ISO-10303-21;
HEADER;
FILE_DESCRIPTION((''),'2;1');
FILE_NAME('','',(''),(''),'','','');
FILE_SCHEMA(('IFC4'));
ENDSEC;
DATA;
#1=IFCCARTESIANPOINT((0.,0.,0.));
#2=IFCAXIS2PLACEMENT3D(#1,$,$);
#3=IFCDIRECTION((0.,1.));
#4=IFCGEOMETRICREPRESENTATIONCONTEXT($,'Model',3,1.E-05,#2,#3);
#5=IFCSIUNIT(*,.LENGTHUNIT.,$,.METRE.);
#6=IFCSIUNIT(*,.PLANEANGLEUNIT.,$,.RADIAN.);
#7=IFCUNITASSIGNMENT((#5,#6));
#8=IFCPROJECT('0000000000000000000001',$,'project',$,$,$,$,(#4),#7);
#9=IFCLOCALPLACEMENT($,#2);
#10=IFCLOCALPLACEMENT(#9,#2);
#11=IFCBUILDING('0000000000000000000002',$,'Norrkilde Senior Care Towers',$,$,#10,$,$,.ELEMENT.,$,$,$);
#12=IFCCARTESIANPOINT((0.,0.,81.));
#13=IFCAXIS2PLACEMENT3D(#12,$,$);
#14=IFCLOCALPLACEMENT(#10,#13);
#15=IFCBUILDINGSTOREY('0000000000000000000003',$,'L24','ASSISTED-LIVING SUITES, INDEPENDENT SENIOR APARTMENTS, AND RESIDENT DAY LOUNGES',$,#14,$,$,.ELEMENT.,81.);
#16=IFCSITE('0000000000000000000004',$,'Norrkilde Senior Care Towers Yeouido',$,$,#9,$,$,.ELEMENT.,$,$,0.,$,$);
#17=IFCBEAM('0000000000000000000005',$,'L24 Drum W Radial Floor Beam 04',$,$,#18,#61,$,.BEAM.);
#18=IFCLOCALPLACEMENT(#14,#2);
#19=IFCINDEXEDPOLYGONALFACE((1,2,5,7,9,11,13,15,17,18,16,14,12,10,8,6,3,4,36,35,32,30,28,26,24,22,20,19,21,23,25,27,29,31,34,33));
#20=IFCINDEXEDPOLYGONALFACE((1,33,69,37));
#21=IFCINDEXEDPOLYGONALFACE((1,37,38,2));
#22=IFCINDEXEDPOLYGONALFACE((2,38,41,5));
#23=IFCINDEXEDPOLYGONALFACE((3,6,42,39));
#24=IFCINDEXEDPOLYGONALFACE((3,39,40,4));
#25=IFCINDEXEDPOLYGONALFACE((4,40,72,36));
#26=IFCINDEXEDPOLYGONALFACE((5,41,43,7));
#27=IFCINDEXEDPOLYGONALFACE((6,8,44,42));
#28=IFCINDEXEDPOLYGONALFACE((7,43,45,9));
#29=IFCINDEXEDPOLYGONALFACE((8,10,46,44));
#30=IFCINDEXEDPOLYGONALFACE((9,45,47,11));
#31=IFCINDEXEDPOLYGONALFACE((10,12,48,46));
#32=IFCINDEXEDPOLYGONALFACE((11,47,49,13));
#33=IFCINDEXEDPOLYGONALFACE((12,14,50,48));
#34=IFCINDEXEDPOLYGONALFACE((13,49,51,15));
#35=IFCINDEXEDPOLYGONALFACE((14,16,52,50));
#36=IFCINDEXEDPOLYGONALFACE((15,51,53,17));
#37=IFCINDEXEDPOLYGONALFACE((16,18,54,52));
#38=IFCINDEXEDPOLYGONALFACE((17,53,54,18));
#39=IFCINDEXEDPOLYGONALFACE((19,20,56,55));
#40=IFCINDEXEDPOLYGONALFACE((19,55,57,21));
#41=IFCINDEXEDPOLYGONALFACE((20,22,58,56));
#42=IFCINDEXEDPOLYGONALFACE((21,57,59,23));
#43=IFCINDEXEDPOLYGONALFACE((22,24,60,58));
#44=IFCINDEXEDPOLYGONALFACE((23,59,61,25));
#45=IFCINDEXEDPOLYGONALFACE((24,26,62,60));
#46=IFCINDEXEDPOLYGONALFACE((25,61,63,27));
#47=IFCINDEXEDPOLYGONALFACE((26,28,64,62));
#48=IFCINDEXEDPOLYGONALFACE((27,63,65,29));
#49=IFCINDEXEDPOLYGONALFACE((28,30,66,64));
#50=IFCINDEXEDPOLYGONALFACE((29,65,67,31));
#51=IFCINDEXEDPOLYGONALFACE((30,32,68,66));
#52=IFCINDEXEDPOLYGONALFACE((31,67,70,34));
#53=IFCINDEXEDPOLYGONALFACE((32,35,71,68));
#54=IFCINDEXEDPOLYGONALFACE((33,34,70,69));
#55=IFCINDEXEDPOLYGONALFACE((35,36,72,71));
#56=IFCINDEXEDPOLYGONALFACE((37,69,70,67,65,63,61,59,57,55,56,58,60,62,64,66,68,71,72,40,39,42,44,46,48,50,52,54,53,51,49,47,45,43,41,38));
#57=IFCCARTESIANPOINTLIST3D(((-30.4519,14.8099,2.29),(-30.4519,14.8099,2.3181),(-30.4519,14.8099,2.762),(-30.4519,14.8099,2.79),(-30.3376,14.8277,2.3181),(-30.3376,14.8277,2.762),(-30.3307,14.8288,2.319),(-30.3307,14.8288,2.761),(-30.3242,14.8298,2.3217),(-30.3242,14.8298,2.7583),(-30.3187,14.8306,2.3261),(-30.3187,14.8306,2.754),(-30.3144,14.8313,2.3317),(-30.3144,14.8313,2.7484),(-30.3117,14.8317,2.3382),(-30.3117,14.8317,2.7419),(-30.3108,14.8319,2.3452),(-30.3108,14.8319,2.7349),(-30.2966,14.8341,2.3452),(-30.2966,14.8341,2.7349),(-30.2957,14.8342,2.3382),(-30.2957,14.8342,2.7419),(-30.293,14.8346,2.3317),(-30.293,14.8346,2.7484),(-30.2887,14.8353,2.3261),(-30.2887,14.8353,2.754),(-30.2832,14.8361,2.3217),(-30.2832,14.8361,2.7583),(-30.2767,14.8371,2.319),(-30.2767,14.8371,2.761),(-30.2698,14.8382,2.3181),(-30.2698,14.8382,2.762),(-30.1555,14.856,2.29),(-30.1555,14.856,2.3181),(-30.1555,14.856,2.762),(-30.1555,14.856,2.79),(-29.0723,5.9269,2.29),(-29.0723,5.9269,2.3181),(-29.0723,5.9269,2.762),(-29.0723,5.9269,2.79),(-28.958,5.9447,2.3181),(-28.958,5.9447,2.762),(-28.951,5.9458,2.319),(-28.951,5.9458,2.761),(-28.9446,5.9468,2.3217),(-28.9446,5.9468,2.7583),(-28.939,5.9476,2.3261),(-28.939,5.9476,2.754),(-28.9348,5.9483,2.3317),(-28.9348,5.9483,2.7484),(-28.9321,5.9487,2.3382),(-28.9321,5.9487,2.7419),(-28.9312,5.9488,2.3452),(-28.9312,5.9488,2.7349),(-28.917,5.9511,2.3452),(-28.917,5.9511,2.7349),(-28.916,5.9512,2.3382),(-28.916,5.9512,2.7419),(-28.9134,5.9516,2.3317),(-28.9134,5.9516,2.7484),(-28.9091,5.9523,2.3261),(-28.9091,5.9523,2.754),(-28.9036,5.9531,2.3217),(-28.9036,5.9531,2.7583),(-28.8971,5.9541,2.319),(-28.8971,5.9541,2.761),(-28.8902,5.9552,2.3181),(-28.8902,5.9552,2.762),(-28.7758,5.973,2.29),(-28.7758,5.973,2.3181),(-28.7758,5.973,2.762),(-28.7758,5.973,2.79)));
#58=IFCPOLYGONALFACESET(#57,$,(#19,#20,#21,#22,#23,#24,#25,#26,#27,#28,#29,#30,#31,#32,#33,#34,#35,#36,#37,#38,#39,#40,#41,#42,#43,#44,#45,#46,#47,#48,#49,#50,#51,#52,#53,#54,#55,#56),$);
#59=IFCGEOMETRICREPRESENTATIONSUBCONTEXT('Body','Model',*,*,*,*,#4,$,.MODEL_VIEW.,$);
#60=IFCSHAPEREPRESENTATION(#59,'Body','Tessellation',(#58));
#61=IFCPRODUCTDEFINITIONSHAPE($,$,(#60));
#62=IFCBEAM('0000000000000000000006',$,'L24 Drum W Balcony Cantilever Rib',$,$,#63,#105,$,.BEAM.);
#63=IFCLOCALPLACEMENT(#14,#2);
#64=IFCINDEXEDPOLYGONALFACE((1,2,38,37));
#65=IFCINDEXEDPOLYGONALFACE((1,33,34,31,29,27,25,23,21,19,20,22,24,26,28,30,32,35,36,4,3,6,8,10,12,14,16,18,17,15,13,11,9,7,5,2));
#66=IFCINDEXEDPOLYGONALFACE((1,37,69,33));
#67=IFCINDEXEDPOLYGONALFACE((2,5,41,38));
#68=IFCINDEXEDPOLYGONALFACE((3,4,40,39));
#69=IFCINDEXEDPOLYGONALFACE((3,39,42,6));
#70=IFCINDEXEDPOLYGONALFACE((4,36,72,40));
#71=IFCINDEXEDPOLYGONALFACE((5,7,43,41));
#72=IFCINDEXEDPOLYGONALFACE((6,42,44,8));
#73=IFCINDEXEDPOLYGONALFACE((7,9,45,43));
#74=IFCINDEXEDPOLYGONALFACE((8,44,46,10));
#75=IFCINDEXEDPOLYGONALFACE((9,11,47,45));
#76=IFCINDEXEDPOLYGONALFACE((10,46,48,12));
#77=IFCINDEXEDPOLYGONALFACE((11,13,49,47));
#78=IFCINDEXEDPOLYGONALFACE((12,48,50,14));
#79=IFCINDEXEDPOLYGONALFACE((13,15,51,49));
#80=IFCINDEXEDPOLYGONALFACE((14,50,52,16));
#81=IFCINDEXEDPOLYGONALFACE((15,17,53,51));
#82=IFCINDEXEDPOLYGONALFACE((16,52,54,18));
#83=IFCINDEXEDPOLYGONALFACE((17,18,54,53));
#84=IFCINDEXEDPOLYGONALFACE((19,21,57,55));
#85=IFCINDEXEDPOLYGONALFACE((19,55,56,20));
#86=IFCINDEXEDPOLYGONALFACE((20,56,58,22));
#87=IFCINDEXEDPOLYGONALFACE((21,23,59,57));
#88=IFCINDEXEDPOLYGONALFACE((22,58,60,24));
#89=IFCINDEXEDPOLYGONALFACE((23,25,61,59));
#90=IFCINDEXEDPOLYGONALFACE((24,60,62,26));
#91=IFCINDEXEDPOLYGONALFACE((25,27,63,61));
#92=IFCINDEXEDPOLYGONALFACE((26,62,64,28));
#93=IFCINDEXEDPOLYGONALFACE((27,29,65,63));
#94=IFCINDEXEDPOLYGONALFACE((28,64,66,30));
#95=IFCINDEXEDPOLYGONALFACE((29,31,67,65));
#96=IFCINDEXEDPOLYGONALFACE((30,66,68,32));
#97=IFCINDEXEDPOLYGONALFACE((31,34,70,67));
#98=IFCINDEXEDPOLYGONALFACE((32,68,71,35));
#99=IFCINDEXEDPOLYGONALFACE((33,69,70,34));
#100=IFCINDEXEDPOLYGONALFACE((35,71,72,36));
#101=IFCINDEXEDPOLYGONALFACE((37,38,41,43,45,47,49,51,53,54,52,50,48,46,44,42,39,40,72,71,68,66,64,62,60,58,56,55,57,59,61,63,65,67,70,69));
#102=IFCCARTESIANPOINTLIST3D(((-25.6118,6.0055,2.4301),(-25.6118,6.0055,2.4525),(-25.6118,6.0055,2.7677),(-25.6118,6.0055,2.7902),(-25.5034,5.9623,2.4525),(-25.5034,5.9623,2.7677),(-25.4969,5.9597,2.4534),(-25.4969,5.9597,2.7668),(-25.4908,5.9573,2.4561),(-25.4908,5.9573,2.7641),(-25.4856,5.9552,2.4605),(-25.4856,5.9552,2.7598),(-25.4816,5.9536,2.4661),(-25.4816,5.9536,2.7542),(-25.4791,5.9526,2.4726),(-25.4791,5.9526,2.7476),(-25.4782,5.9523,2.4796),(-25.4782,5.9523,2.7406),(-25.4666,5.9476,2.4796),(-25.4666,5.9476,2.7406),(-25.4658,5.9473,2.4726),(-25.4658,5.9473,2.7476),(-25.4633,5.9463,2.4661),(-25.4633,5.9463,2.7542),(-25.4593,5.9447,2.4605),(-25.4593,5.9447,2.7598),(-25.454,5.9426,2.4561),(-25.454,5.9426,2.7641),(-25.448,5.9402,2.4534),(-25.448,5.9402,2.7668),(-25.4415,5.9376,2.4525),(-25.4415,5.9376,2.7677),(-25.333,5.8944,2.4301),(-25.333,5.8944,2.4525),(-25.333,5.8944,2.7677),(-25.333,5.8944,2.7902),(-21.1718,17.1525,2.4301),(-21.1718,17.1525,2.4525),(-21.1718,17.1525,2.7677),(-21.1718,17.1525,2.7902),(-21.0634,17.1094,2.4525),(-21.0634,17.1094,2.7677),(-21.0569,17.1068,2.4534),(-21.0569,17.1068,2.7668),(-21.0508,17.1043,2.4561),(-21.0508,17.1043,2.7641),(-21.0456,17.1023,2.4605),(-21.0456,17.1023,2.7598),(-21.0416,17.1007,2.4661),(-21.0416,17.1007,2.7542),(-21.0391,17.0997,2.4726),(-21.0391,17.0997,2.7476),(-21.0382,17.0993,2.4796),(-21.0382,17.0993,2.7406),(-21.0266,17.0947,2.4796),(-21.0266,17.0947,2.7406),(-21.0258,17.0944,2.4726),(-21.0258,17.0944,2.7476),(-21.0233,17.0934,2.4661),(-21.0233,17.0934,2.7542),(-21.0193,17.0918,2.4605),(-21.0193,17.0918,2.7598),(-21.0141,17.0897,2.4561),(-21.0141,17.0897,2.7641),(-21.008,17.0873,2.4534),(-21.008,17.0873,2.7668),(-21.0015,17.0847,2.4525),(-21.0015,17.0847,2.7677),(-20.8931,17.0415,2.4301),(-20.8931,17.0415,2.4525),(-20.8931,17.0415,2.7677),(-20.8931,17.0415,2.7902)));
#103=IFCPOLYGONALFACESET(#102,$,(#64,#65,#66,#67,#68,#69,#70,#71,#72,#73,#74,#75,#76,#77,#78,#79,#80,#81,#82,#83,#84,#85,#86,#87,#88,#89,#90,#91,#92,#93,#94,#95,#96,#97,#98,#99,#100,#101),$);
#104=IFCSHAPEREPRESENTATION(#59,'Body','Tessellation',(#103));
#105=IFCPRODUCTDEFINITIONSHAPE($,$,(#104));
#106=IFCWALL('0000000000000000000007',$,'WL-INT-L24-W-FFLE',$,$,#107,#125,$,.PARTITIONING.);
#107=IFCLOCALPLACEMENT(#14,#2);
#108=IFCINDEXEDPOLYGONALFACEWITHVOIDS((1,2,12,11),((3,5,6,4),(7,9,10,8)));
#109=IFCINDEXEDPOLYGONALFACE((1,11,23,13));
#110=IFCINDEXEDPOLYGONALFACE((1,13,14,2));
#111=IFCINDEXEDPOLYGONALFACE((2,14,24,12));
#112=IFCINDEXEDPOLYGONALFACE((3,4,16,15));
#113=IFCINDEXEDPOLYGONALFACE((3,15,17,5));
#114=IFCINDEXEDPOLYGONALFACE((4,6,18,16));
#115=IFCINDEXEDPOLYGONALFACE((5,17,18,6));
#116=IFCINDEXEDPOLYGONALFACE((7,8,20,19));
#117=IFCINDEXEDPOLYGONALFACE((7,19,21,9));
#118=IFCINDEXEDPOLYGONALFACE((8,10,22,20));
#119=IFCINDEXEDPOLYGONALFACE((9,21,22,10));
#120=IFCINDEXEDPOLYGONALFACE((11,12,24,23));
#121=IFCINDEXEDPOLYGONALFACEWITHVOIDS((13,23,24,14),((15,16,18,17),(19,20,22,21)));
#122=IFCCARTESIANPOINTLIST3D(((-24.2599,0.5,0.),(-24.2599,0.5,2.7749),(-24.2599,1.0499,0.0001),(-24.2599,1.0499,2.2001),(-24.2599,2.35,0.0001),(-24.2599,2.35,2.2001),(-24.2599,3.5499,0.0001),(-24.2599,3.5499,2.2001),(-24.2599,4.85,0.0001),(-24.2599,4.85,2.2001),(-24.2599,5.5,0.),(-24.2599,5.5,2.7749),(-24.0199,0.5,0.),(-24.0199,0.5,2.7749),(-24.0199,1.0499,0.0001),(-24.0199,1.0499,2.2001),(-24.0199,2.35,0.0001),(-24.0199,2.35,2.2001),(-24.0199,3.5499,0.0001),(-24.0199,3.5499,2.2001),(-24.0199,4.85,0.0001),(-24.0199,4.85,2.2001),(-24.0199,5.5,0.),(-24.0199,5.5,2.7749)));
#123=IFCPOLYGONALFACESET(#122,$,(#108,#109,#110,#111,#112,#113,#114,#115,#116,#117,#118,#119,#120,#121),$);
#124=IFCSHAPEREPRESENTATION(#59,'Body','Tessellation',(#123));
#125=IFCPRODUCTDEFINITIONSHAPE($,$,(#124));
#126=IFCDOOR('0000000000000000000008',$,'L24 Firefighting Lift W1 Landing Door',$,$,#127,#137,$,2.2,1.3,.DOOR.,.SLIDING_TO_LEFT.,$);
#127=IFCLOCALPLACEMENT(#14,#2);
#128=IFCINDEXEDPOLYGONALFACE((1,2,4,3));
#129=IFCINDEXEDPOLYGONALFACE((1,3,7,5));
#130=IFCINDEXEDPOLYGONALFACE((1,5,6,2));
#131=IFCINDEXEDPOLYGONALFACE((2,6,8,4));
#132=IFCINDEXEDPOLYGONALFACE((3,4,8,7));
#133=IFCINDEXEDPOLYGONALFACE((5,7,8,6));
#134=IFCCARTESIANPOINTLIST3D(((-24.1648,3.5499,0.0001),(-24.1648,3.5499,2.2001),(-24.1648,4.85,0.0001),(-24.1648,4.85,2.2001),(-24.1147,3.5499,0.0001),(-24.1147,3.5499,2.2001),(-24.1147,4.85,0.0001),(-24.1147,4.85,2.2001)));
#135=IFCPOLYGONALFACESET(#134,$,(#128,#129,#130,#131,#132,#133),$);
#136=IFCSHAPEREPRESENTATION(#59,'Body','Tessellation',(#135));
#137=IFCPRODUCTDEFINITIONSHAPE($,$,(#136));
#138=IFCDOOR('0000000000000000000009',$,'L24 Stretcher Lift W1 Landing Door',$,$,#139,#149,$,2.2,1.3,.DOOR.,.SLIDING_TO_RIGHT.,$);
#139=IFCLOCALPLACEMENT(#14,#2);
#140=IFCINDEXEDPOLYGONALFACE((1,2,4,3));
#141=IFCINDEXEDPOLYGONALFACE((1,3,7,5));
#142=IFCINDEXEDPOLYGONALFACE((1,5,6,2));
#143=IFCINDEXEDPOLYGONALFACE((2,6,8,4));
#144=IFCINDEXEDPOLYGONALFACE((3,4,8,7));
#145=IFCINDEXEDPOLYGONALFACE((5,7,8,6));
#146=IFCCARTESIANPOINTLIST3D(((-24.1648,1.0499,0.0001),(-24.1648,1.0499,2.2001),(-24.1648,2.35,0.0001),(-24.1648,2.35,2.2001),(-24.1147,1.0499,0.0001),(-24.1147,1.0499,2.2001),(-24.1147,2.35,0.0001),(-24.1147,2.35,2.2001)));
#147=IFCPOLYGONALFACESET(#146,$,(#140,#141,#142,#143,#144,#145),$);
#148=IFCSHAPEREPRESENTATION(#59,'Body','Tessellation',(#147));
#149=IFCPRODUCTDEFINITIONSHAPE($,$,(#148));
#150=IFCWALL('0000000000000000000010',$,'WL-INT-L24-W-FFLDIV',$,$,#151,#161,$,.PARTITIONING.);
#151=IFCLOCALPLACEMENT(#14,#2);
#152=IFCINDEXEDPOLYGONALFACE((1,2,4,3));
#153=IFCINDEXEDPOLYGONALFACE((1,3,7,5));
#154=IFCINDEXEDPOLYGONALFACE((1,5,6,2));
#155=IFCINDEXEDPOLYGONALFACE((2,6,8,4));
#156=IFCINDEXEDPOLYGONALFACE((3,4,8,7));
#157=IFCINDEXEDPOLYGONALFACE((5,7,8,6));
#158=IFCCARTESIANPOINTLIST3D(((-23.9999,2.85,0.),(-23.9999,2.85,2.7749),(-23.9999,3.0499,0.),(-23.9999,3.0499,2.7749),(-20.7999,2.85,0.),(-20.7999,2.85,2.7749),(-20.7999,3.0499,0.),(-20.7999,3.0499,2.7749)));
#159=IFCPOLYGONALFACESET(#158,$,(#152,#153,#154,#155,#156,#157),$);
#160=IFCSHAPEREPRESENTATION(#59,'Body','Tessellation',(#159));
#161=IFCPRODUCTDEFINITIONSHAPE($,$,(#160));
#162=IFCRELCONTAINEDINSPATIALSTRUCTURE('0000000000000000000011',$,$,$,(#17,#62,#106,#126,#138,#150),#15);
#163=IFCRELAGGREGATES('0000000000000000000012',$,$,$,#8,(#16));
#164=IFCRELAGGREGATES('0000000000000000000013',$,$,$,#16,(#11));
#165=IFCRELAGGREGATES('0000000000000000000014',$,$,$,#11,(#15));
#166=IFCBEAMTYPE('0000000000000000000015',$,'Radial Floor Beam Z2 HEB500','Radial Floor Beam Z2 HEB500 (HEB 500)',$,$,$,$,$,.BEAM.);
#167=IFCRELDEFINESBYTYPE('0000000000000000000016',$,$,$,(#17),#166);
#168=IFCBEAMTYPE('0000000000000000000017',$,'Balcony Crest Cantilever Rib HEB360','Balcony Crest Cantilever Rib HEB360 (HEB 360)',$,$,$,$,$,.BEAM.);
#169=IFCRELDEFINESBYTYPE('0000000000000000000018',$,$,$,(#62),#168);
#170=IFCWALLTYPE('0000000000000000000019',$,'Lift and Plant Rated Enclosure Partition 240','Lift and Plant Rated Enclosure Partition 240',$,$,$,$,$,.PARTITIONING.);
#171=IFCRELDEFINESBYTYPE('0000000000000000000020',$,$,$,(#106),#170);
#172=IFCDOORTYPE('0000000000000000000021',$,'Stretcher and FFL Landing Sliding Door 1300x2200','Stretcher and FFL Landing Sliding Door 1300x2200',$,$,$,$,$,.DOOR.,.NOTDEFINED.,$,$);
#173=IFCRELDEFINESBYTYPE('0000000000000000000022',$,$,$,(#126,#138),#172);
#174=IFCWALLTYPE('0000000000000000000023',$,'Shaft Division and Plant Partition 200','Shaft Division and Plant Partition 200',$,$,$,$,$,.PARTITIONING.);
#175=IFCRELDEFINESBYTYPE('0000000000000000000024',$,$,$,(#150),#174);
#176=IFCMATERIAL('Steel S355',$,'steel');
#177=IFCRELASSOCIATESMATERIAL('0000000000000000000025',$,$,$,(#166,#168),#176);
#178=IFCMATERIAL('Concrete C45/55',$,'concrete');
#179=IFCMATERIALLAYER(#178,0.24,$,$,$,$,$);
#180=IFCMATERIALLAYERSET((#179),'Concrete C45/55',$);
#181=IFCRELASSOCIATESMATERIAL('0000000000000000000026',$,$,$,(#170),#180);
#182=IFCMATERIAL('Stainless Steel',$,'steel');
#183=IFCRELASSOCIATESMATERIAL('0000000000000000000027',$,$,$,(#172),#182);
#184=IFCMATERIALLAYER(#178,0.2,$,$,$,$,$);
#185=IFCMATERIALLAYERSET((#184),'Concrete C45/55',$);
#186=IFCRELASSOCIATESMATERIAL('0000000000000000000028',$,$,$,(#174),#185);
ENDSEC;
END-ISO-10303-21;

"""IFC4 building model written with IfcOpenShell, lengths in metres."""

from ifc_helpers import new_model, si_unit, direction, frame, frame_2d, origin, origin_2d, place, context, subcontext, project, spatial, rectangle, i_section, extrude, source, transform, mapped, material, layer, layer_set, material_profile, profile_set, type_object, type_shapes, element, fill, save


model = new_model("IFC4")

# Units and contexts
model_context = context("Model", 3, precision=1e-05, world=origin(), true_north=direction((0.0, 1.0)))
body_context = subcontext(model_context, "Body", "Model", "MODEL_VIEW")
ifc_project = project(units=[si_unit("LENGTHUNIT", "METRE"), si_unit("PLANEANGLEUNIT", "RADIAN")], contexts=[model_context])

# Site, building, storey
site_placement = place(None, origin())
site = spatial("IfcSite", under=ifc_project, at=site_placement, Name="Norrkilde Senior Care Towers Yeouido", CompositionType="ELEMENT", RefElevation=0.0)
building_placement = place(site_placement, origin())
building = spatial("IfcBuilding", under=site, at=building_placement, Name="Norrkilde Senior Care Towers", CompositionType="ELEMENT")
storey_placement = place(building_placement, frame((0.0, 0.0, 81.0)))
storey = spatial("IfcBuildingStorey", under=building, at=storey_placement, Name="L24", Description="ASSISTED-LIVING SUITES, INDEPENDENT SENIOR APARTMENTS, AND RESIDENT DAY LOUNGES", CompositionType="ELEMENT", Elevation=81.0)

# Beams
ifc_material_1 = material(Name="Steel S355", Category="steel")
ifc_material_profile_1 = material_profile(ifc_material_1, i_section(OverallWidth=0.3, OverallDepth=0.5, WebThickness=0.0144, FlangeThickness=0.0281, FilletRadius=0.0271, at=origin_2d()), Name="HEB 500")
ifc_profile_set_1 = profile_set([ifc_material_profile_1], Name="Steel S355")
beam_type_1 = type_object("IfcBeamType", Name="Radial Floor Beam Z2 HEB500", Description="Radial Floor Beam Z2 HEB500 (HEB 500)", PredefinedType="BEAM", material=ifc_profile_set_1)
shared_shape_1 = source(origin(), body_context, "Body", "SweptSolid", [
    extrude(i_section(OverallWidth=0.3, OverallDepth=0.5, WebThickness=0.0144, FlangeThickness=0.0281, FilletRadius=0.0271, at=origin_2d()), origin(), (0.0, 0.0, 1.0), 8.9895),
])
beam_1_placement = place(storey_placement, frame((-28.9241, 5.95, 2.54), z_axis=(-0.153471, 0.988153, 0.0), x_axis=(-0.988153, -0.153471, 0.0)))
element("IfcBeam", 1, at=beam_1_placement, inside=storey, type_object=beam_type_1, Name="L24 Drum W Radial Floor Beam 04", PredefinedType="BEAM", context=body_context, shape_type="MappedRepresentation", body=[
    mapped(shared_shape_1, transform((0.0, 0.0, 0.0), x_axis=(1.0, 0.0, 0.0), y_axis=(0.0, 1.0, 0.0), z_axis=(0.0, 0.0, 1.0), scale=1.0)),
])
ifc_material_profile_2 = material_profile(ifc_material_1, i_section(OverallWidth=0.3, OverallDepth=0.3601, WebThickness=0.0125, FlangeThickness=0.0225, FilletRadius=0.0271, at=origin_2d()), Name="HEB 360")
ifc_profile_set_2 = profile_set([ifc_material_profile_2], Name="Steel S355")
beam_type_2 = type_object("IfcBeamType", Name="Balcony Crest Cantilever Rib HEB360", Description="Balcony Crest Cantilever Rib HEB360 (HEB 360)", PredefinedType="BEAM", material=ifc_profile_set_2)
shared_shape_2 = source(origin(), body_context, "Body", "SweptSolid", [
    extrude(i_section(OverallWidth=0.3, OverallDepth=0.3601, WebThickness=0.0125, FlangeThickness=0.0225, FilletRadius=0.0271, at=origin_2d()), origin(), (0.0, 0.0, 1.0), 11.9988),
])
type_shapes(beam_type_2, [shared_shape_2])
beam_2_placement = place(storey_placement, frame((-25.4724, 5.95, 2.6101), z_axis=(0.370036, 0.929017, 0.0), x_axis=(-0.929017, 0.370036, 0.0)))
element("IfcBeam", 2, at=beam_2_placement, inside=storey, type_object=beam_type_2, Name="L24 Drum W Balcony Cantilever Rib", PredefinedType="BEAM", context=body_context, shape_type="MappedRepresentation", body=[
    mapped(shared_shape_2, transform((0.0, 0.0, 0.0), x_axis=(1.0, 0.0, 0.0), y_axis=(0.0, 1.0, 0.0), z_axis=(0.0, 0.0, 1.0), scale=1.0)),
])

# Wall, openings, doors
ifc_material_2 = material(Name="Concrete C45/55", Category="concrete")
ifc_layer_1 = layer(ifc_material_2, 0.24)
ifc_layer_set_1 = layer_set([ifc_layer_1], Name="Concrete C45/55")
wall_type_1 = type_object("IfcWallType", Name="Lift and Plant Rated Enclosure Partition 240", Description="Lift and Plant Rated Enclosure Partition 240", PredefinedType="PARTITIONING", material=ifc_layer_set_1)
shared_shape_3 = source(origin(), body_context, "Body", "SweptSolid", [
    extrude(rectangle(XDim=5.0, YDim=0.24, at=frame_2d((2.5, 0.0))), origin(), (0.0, 0.0, 1.0), 2.7749),
])
type_shapes(wall_type_1, [shared_shape_3])
wall_1_placement = place(storey_placement, frame((-24.1399, 0.5, 0.0), z_axis=(0.0, 0.0, 1.0), x_axis=(0.0, 1.0, 0.0)))
wall_1 = element("IfcWall", 3, at=wall_1_placement, inside=storey, type_object=wall_type_1, Name="WL-INT-L24-W-FFLE", PredefinedType="PARTITIONING", context=body_context, shape_type="MappedRepresentation", body=[
    mapped(shared_shape_3, transform((0.0, 0.0, 0.0), x_axis=(1.0, 0.0, 0.0), y_axis=(0.0, 1.0, 0.0), z_axis=(0.0, 0.0, 1.0), scale=1.0)),
])
opening_1_placement = place(wall_1_placement, frame((3.05, 0.0, 0.0)))
opening_1 = element("IfcOpeningElement", 4, at=opening_1_placement, cuts=wall_1, PredefinedType="OPENING", context=body_context, shape_type="SweptSolid", body=[
    extrude(rectangle(XDim=1.3, YDim=2.2, at=frame_2d((0.6499, 1.1001))), frame((0.0, 0.1299, 0.0), z_axis=(0.0, -1.0, 0.0), x_axis=(1.0, 0.0, 0.0)), (0.0, 0.0, 1.0), 0.26),
])
opening_2_placement = place(wall_1_placement, frame((0.55, 0.0, 0.0)))
opening_2 = element("IfcOpeningElement", 5, at=opening_2_placement, cuts=wall_1, PredefinedType="OPENING", context=body_context, shape_type="SweptSolid", body=[
    extrude(rectangle(XDim=1.3, YDim=2.2, at=frame_2d((0.6499, 1.1001))), frame((0.0, 0.1299, 0.0), z_axis=(0.0, -1.0, 0.0), x_axis=(1.0, 0.0, 0.0)), (0.0, 0.0, 1.0), 0.26),
])
ifc_material_3 = material(Name="Stainless Steel", Category="steel")
door_type_1 = type_object("IfcDoorType", Name="Stretcher and FFL Landing Sliding Door 1300x2200", Description="Stretcher and FFL Landing Sliding Door 1300x2200", OperationType="NOTDEFINED", PredefinedType="DOOR", material=ifc_material_3)
shared_shape_4 = source(origin(), body_context, "Body", "SweptSolid", [
    extrude(rectangle(XDim=1.3, YDim=2.2, at=frame_2d((0.6499, 1.1001))), frame((0.0, 0.0249, 0.0), z_axis=(0.0, -1.0, 0.0), x_axis=(1.0, 0.0, 0.0)), (0.0, 0.0, 1.0), 0.05),
])
type_shapes(door_type_1, [shared_shape_4])
door_1_placement = place(opening_1_placement, origin())
door_1 = element("IfcDoor", 6, at=door_1_placement, inside=storey, type_object=door_type_1, Name="L24 Firefighting Lift W1 Landing Door", OperationType="SLIDING_TO_LEFT", OverallHeight=2.2, OverallWidth=1.3, PredefinedType="DOOR", context=body_context, shape_type="MappedRepresentation", body=[
    mapped(shared_shape_4, transform((0.0, 0.0, 0.0), x_axis=(1.0, 0.0, 0.0), y_axis=(0.0, 1.0, 0.0), z_axis=(0.0, 0.0, 1.0), scale=1.0)),
])
fill(opening_1, door_1)
door_2_placement = place(opening_2_placement, origin())
door_2 = element("IfcDoor", 7, at=door_2_placement, inside=storey, type_object=door_type_1, Name="L24 Stretcher Lift W1 Landing Door", OperationType="SLIDING_TO_RIGHT", OverallHeight=2.2, OverallWidth=1.3, PredefinedType="DOOR", context=body_context, shape_type="MappedRepresentation", body=[
    mapped(shared_shape_4, transform((0.0, 0.0, 0.0), x_axis=(1.0, 0.0, 0.0), y_axis=(0.0, 1.0, 0.0), z_axis=(0.0, 0.0, 1.0), scale=1.0)),
])
fill(opening_2, door_2)

# Wall
ifc_layer_2 = layer(ifc_material_2, 0.2)
ifc_layer_set_2 = layer_set([ifc_layer_2], Name="Concrete C45/55")
wall_type_2 = type_object("IfcWallType", Name="Shaft Division and Plant Partition 200", Description="Shaft Division and Plant Partition 200", PredefinedType="PARTITIONING", material=ifc_layer_set_2)
shared_shape_5 = source(origin(), body_context, "Body", "SweptSolid", [
    extrude(rectangle(XDim=3.2, YDim=0.2, at=frame_2d((1.6001, 0.0))), origin(), (0.0, 0.0, 1.0), 2.7749),
])
type_shapes(wall_type_2, [shared_shape_5])
wall_2_placement = place(storey_placement, frame((-24.0, 2.95, 0.0), z_axis=(0.0, 0.0, 1.0), x_axis=(1.0, 0.0, 0.0)))
element("IfcWall", 8, at=wall_2_placement, inside=storey, type_object=wall_type_2, Name="WL-INT-L24-W-FFLDIV", PredefinedType="PARTITIONING", context=body_context, shape_type="MappedRepresentation", body=[
    mapped(shared_shape_5, transform((0.0, 0.0, 0.0), x_axis=(1.0, 0.0, 0.0), y_axis=(0.0, 1.0, 0.0), z_axis=(0.0, 0.0, 1.0), scale=1.0)),
])

save(model, "model.ifc")
